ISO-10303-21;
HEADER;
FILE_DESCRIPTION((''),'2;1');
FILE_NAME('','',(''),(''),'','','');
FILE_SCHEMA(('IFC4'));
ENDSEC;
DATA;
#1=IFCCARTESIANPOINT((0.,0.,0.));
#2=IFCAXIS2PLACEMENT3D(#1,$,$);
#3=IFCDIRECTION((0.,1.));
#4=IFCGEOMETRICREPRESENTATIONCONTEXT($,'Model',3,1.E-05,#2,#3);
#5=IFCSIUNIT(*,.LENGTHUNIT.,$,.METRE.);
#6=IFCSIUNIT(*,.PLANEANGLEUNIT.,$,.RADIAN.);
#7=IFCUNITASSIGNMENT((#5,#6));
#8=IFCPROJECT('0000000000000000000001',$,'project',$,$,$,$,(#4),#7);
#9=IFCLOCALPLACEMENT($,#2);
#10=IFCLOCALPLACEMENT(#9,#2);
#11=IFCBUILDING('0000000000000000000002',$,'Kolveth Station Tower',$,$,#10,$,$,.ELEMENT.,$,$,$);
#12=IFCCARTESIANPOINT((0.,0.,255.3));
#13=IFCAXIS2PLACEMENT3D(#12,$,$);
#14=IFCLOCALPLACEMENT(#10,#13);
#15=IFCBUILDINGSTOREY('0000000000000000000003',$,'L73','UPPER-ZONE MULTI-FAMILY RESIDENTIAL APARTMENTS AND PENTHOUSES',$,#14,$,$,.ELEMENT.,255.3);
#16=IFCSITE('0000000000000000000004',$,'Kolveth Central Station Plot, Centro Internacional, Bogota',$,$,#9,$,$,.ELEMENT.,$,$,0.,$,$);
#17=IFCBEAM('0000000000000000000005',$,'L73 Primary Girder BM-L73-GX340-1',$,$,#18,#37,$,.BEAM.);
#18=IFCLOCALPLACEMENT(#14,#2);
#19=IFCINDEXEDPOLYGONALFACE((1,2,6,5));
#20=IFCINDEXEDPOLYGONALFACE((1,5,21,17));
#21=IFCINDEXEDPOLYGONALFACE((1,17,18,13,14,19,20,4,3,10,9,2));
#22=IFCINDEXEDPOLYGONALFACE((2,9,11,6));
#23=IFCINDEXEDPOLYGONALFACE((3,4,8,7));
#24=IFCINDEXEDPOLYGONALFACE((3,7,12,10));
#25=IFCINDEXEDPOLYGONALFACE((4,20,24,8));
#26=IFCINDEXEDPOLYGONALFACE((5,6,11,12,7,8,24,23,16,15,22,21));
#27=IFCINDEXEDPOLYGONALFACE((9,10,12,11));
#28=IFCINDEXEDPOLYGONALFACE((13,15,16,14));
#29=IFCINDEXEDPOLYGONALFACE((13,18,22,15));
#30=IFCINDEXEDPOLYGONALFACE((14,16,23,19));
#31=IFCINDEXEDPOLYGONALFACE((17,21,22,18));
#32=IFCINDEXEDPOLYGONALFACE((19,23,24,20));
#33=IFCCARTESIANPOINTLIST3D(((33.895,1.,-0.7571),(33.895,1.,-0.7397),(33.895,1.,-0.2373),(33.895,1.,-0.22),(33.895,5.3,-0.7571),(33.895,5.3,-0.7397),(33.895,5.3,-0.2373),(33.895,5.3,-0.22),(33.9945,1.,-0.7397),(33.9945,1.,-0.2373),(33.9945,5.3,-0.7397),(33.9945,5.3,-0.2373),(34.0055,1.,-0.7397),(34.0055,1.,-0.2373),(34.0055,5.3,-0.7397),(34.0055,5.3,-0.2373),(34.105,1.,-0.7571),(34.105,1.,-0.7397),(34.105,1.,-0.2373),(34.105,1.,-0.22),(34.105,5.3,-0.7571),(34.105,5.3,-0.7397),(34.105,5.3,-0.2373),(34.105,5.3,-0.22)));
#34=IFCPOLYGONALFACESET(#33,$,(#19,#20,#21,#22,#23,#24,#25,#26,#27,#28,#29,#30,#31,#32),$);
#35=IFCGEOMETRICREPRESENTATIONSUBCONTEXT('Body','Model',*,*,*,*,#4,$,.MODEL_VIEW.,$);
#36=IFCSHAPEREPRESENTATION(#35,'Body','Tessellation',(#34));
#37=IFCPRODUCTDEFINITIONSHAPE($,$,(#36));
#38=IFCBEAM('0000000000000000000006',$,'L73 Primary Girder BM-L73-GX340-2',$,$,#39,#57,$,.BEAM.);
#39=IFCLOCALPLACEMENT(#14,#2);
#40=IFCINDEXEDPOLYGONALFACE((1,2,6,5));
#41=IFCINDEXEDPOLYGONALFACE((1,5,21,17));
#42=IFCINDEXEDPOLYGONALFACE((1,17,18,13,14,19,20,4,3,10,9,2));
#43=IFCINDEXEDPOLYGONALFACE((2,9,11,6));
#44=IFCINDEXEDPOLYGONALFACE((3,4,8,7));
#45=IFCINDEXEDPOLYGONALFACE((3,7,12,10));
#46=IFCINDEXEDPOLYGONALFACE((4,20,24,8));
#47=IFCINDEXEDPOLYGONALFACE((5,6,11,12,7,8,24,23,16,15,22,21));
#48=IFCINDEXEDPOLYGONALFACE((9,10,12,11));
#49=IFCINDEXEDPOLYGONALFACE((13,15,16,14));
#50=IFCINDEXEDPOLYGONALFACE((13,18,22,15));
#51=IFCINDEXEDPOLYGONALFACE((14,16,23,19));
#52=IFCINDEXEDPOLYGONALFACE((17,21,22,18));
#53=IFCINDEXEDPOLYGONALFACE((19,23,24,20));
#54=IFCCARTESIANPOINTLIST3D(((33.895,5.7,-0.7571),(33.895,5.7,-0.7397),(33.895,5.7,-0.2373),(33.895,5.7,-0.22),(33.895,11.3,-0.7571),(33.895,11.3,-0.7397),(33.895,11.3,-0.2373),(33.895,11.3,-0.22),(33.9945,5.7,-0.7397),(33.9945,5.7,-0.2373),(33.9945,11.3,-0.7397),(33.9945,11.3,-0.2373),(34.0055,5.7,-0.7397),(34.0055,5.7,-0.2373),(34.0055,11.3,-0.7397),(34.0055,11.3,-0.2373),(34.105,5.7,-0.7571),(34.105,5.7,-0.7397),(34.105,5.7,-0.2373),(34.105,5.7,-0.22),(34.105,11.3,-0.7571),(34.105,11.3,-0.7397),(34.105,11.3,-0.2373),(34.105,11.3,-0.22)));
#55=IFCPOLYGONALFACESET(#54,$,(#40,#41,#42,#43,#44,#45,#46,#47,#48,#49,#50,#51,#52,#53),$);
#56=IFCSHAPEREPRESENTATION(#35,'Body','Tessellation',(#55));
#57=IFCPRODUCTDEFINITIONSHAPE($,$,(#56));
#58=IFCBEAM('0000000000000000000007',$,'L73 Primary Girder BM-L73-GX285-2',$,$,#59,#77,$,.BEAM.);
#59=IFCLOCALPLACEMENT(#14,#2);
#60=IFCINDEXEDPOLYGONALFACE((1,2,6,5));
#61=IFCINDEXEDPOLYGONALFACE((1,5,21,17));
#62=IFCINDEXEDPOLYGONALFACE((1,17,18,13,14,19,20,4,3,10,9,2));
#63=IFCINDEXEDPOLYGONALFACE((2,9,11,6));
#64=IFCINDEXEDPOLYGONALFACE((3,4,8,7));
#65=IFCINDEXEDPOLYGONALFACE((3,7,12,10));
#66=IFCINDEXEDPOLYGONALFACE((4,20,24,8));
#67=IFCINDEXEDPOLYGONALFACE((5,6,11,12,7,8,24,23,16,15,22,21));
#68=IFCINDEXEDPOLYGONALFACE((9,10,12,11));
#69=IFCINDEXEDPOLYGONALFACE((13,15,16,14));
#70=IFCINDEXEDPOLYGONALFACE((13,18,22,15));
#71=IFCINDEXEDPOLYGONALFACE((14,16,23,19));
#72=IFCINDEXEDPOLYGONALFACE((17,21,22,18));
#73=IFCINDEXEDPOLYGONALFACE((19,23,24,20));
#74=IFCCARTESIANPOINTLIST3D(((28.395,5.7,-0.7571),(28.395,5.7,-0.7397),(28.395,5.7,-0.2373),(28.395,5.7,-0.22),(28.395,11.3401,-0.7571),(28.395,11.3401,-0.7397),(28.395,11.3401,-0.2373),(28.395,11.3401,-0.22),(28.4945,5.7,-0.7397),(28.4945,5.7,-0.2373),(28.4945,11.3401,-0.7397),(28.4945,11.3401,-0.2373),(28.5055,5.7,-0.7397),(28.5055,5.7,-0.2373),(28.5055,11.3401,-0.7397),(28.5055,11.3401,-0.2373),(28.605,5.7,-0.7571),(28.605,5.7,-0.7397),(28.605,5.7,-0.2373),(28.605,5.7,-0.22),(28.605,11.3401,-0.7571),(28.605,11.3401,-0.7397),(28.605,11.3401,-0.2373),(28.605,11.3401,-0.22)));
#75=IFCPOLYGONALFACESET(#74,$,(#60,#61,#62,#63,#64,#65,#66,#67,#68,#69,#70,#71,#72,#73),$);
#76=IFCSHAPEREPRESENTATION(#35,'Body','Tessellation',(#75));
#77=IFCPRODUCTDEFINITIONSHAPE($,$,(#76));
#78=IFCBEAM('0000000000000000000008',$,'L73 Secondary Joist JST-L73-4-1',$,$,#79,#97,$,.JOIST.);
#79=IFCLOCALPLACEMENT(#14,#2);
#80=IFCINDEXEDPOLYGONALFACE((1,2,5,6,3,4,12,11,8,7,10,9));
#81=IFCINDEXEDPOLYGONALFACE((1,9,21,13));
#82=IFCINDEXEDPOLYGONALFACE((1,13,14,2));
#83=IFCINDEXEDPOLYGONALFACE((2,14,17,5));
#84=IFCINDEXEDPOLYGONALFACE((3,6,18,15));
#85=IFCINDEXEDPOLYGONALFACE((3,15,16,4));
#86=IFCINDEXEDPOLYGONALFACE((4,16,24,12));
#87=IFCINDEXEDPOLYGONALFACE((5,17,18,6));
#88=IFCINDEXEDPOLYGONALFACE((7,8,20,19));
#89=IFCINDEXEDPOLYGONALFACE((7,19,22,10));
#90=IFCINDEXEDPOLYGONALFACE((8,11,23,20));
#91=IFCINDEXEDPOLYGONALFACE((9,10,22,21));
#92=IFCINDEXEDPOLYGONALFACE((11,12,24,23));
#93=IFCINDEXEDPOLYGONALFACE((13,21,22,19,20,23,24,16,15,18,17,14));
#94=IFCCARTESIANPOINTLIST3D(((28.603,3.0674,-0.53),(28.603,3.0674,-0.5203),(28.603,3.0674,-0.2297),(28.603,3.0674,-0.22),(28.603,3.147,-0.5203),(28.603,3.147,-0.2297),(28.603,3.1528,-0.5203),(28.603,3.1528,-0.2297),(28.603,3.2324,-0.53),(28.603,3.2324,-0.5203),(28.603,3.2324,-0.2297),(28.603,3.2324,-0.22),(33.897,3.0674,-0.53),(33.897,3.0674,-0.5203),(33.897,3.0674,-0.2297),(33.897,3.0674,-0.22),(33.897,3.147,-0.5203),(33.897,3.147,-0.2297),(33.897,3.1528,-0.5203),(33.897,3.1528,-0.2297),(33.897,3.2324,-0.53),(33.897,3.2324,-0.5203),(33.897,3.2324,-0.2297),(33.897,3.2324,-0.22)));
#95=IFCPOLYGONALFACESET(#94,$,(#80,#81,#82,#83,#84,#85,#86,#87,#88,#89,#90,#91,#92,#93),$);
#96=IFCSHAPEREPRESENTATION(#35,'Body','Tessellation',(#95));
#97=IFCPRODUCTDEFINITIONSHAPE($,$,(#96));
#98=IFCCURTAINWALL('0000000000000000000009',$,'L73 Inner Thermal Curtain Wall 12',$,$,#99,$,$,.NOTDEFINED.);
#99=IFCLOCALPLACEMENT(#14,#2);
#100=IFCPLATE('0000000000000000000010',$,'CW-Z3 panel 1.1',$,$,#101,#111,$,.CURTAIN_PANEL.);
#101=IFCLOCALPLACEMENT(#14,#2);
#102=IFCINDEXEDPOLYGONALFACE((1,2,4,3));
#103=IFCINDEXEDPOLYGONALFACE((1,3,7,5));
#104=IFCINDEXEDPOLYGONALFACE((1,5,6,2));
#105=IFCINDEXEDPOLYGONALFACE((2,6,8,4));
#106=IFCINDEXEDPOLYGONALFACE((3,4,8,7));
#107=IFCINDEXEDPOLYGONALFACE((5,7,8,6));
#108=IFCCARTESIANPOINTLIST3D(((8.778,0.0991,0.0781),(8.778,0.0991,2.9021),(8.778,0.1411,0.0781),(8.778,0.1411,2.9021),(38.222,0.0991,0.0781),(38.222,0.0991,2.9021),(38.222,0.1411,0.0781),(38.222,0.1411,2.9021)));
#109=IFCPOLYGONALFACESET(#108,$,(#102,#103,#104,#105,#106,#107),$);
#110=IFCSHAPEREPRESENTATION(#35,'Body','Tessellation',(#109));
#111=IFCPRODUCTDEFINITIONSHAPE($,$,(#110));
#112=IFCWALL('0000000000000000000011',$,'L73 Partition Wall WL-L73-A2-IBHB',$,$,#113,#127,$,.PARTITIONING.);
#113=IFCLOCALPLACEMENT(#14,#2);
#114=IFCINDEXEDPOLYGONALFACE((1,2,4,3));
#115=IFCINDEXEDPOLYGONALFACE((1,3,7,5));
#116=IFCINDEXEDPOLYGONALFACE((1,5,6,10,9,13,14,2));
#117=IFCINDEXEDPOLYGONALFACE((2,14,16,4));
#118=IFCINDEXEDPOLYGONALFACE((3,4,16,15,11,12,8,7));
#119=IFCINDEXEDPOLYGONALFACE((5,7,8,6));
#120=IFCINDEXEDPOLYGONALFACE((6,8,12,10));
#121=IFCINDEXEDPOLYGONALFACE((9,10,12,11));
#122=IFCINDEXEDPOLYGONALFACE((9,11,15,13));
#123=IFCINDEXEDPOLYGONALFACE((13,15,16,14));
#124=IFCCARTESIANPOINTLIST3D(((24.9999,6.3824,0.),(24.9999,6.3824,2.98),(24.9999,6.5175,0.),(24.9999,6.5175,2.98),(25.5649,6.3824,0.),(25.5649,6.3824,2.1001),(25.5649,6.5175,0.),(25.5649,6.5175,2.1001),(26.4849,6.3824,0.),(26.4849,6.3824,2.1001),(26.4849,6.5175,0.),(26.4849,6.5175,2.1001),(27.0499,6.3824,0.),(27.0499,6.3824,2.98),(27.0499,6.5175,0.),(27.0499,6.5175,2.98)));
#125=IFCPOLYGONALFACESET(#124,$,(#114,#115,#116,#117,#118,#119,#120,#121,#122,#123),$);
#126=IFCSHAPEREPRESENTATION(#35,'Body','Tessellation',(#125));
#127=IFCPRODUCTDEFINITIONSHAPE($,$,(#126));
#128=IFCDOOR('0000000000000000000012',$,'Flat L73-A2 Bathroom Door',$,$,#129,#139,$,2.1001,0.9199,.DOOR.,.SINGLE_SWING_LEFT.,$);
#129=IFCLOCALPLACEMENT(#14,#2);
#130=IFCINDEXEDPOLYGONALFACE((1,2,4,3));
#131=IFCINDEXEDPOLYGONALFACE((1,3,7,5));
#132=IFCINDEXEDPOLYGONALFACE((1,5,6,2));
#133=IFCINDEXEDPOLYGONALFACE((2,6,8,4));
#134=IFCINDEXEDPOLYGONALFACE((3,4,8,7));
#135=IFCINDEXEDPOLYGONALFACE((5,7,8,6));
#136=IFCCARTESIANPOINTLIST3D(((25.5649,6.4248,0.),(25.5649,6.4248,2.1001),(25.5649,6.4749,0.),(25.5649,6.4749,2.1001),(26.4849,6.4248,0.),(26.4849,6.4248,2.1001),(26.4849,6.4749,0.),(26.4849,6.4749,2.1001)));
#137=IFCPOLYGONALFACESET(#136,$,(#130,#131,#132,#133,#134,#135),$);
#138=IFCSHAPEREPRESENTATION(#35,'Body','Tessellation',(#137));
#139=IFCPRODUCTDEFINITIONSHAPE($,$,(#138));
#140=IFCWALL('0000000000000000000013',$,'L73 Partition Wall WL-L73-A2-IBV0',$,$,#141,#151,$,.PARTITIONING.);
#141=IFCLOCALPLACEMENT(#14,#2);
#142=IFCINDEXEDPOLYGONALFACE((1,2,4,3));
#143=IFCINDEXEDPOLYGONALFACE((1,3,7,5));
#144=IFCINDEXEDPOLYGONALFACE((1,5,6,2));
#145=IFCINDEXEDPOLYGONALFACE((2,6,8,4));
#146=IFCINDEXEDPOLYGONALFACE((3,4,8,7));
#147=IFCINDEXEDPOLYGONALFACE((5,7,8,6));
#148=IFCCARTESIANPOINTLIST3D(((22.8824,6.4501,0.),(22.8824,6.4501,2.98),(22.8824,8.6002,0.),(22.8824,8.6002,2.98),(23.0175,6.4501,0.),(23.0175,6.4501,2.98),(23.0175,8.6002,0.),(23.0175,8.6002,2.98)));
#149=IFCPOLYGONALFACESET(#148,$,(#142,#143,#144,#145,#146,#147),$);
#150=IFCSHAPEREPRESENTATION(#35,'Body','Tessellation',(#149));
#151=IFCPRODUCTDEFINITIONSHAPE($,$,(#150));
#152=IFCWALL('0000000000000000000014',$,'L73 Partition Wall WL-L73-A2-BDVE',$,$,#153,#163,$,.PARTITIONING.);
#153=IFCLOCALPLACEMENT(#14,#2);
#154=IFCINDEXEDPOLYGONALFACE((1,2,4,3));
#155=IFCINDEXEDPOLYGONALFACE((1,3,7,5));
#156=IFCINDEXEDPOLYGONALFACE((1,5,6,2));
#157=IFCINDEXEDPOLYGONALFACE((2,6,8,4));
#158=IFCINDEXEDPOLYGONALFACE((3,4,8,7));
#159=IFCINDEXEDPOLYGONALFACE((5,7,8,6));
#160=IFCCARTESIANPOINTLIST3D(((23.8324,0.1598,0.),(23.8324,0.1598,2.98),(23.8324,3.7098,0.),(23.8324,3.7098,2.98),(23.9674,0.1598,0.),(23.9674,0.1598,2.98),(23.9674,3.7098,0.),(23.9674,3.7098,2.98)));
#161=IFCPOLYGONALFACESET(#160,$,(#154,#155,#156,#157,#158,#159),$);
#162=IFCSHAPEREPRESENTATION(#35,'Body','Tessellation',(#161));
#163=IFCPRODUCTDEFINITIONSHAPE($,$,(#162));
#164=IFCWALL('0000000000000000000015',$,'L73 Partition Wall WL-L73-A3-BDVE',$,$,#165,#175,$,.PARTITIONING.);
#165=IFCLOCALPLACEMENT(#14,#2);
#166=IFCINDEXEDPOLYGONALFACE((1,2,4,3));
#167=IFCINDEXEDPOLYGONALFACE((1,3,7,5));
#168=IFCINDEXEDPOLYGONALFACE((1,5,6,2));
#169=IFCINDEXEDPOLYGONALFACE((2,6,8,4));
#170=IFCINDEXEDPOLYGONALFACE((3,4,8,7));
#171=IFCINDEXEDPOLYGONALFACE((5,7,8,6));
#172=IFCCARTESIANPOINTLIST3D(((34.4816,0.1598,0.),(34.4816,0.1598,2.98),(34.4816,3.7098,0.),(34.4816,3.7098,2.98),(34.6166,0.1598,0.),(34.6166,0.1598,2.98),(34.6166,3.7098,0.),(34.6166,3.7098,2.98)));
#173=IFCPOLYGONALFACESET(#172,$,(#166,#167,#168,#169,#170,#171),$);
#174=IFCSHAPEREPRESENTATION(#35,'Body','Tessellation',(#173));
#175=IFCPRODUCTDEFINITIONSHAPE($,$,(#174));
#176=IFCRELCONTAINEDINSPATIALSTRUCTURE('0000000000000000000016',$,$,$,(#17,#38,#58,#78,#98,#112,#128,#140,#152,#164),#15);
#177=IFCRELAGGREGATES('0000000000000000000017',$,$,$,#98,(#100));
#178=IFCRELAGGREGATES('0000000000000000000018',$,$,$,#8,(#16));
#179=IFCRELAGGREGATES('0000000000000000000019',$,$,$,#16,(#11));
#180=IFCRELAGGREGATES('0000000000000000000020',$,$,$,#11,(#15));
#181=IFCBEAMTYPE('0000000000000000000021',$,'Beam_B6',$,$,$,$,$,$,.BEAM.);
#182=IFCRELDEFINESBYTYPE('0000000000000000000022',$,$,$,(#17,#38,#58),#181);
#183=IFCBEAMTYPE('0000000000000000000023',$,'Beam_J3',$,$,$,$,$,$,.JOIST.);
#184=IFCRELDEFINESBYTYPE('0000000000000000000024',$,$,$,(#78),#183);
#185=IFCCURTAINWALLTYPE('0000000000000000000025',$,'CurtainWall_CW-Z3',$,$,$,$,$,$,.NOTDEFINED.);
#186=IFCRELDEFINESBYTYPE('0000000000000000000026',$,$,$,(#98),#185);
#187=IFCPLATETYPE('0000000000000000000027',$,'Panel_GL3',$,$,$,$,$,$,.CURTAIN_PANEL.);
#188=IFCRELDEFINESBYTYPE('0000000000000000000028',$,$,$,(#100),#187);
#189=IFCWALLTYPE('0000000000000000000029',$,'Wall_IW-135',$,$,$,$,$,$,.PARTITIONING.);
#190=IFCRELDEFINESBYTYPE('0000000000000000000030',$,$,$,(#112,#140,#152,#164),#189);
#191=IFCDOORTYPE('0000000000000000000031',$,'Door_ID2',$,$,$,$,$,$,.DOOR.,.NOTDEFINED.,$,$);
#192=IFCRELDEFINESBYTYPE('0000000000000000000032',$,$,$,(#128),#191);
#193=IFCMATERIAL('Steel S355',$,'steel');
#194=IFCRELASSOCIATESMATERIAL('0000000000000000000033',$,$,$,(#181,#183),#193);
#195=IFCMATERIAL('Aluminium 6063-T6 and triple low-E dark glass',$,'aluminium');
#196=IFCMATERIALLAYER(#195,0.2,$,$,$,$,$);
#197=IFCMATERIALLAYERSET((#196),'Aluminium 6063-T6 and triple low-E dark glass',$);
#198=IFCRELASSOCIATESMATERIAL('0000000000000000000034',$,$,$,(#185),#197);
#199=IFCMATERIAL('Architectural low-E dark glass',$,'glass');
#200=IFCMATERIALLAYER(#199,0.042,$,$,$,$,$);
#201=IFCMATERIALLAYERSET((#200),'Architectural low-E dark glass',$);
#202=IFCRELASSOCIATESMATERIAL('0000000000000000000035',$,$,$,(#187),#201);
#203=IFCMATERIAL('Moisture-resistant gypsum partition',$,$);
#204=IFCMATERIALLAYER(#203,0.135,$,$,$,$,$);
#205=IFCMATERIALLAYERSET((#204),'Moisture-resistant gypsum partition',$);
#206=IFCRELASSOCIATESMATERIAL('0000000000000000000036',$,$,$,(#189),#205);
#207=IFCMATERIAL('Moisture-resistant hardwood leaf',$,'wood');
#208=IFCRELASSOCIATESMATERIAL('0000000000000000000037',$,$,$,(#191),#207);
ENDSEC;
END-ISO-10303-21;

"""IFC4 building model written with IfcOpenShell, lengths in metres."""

from ifc_helpers import new_model, si_unit, direction, frame, frame_2d, origin, origin_2d, place, context, subcontext, project, spatial, rectangle, i_section, extrude, source, transform, mapped, material, layer, layer_set, material_profile, profile_set, type_object, element, fill, aggregate, save


model = new_model("IFC4")

# Units and contexts
model_context = context("Model", 3, precision=1e-05, world=origin(), true_north=direction((0.0, 1.0)))
body_context = subcontext(model_context, "Body", "Model", "MODEL_VIEW")
ifc_project = project(units=[si_unit("LENGTHUNIT", "METRE"), si_unit("PLANEANGLEUNIT", "RADIAN")], contexts=[model_context])

# Site, building, storey
site_placement = place(None, origin())
site = spatial("IfcSite", under=ifc_project, at=site_placement, Name="Kolveth Central Station Plot, Centro Internacional, Bogota", CompositionType="ELEMENT", RefElevation=0.0)
building_placement = place(site_placement, origin())
building = spatial("IfcBuilding", under=site, at=building_placement, Name="Kolveth Station Tower", CompositionType="ELEMENT")
storey_placement = place(building_placement, frame((0.0, 0.0, 255.3)))
storey = spatial("IfcBuildingStorey", under=building, at=storey_placement, Name="L73", Description="UPPER-ZONE MULTI-FAMILY RESIDENTIAL APARTMENTS AND PENTHOUSES", CompositionType="ELEMENT", Elevation=255.3)

# Shared definitions
ifc_material_1 = material(Name="Steel S355", Category="steel")

# Beams
ifc_material_profile_1 = material_profile(ifc_material_1, i_section(OverallWidth=0.21, OverallDepth=0.5371, WebThickness=0.011, FlangeThickness=0.0173, at=origin_2d()), Name="W530x101")
ifc_profile_set_1 = profile_set([ifc_material_profile_1], Name="Steel S355")
beam_type_1 = type_object("IfcBeamType", Name="Beam_B6", PredefinedType="BEAM", material=ifc_profile_set_1)
shared_shape_1 = source(origin(), body_context, "Body", "SweptSolid", [
    extrude(i_section(OverallWidth=0.21, OverallDepth=0.5371, WebThickness=0.011, FlangeThickness=0.0173, at=origin_2d()), origin(), (0.0, 0.0, 1.0), 4.3),
])
for number, where, z_axis, x_axis, name in (
    (1, (34.0, 1.0, -0.4885), (0.0, 1.0, 0.0), (-1.0, 0.0, 0.0), "L73 Primary Girder BM-L73-GX340-1"),
):
    element("IfcBeam", number, at=place(storey_placement, frame(where, z_axis=z_axis, x_axis=x_axis)), inside=storey, type_object=beam_type_1, Name=name, PredefinedType="BEAM", context=body_context, shape_type="MappedRepresentation", body=[
        mapped(shared_shape_1, transform((0.0, 0.0, 0.0), x_axis=(1.0, 0.0, 0.0), y_axis=(0.0, 1.0, 0.0), z_axis=(0.0, 0.0, 1.0), scale=1.0)),
    ])
shared_shape_2 = source(origin(), body_context, "Body", "SweptSolid", [
    extrude(i_section(OverallWidth=0.21, OverallDepth=0.5371, WebThickness=0.011, FlangeThickness=0.0173, at=origin_2d()), origin(), (0.0, 0.0, 1.0), 5.6001),
])
beam_1_placement = place(storey_placement, frame((34.0, 5.7, -0.4885), z_axis=(0.0, 1.0, 0.0), x_axis=(-1.0, 0.0, 0.0)))
element("IfcBeam", 2, at=beam_1_placement, inside=storey, type_object=beam_type_1, Name="L73 Primary Girder BM-L73-GX340-2", PredefinedType="BEAM", context=body_context, shape_type="MappedRepresentation", body=[
    mapped(shared_shape_2, transform((0.0, 0.0, 0.0), x_axis=(1.0, 0.0, 0.0), y_axis=(0.0, 1.0, 0.0), z_axis=(0.0, 0.0, 1.0), scale=1.0)),
])
shared_shape_3 = source(origin(), body_context, "Body", "SweptSolid", [
    extrude(i_section(OverallWidth=0.21, OverallDepth=0.5371, WebThickness=0.011, FlangeThickness=0.0173, at=origin_2d()), origin(), (0.0, 0.0, 1.0), 5.6401),
])
beam_2_placement = place(storey_placement, frame((28.5, 5.7, -0.4885), z_axis=(0.0, 1.0, 0.0), x_axis=(-1.0, 0.0, 0.0)))
element("IfcBeam", 3, at=beam_2_placement, inside=storey, type_object=beam_type_1, Name="L73 Primary Girder BM-L73-GX285-2", PredefinedType="BEAM", context=body_context, shape_type="MappedRepresentation", body=[
    mapped(shared_shape_3, transform((0.0, 0.0, 0.0), x_axis=(1.0, 0.0, 0.0), y_axis=(0.0, 1.0, 0.0), z_axis=(0.0, 0.0, 1.0), scale=1.0)),
])
ifc_material_profile_2 = material_profile(ifc_material_1, i_section(OverallWidth=0.165, OverallDepth=0.3101, WebThickness=0.0059, FlangeThickness=0.0098, at=origin_2d()), Name="W310x39")
ifc_profile_set_2 = profile_set([ifc_material_profile_2], Name="Steel S355")
beam_type_2 = type_object("IfcBeamType", Name="Beam_J3", PredefinedType="JOIST", material=ifc_profile_set_2)
shared_shape_4 = source(origin(), body_context, "Body", "SweptSolid", [
    extrude(i_section(OverallWidth=0.165, OverallDepth=0.3101, WebThickness=0.0059, FlangeThickness=0.0098, at=origin_2d()), origin(), (0.0, 0.0, 1.0), 5.2939),
])
beam_3_placement = place(storey_placement, frame((28.603, 3.1499, -0.375), z_axis=(1.0, 0.0, 0.0), x_axis=(0.0, 1.0, 0.0)))
element("IfcBeam", 4, at=beam_3_placement, inside=storey, type_object=beam_type_2, Name="L73 Secondary Joist JST-L73-4-1", PredefinedType="JOIST", context=body_context, shape_type="MappedRepresentation", body=[
    mapped(shared_shape_4, transform((0.0, 0.0, 0.0), x_axis=(1.0, 0.0, 0.0), y_axis=(0.0, 1.0, 0.0), z_axis=(0.0, 0.0, 1.0), scale=1.0)),
])

# Curtain wall, plate
ifc_material_2 = material(Name="Aluminium 6063-T6 and triple low-E dark glass", Category="aluminium")
ifc_layer_1 = layer(ifc_material_2, 0.2)
ifc_layer_set_1 = layer_set([ifc_layer_1], Name="Aluminium 6063-T6 and triple low-E dark glass")
curtain_wall_type = type_object("IfcCurtainWallType", Name="CurtainWall_CW-Z3", PredefinedType="NOTDEFINED", material=ifc_layer_set_1)
curtain_wall_placement = place(storey_placement, origin())
curtain_wall = element("IfcCurtainWall", 5, at=curtain_wall_placement, inside=storey, type_object=curtain_wall_type, Name="L73 Inner Thermal Curtain Wall 12", PredefinedType="NOTDEFINED")
ifc_material_3 = material(Name="Architectural low-E dark glass", Category="glass")
ifc_layer_2 = layer(ifc_material_3, 0.042)
ifc_layer_set_2 = layer_set([ifc_layer_2], Name="Architectural low-E dark glass")
plate_type = type_object("IfcPlateType", Name="Panel_GL3", PredefinedType="CURTAIN_PANEL", material=ifc_layer_set_2)
shared_shape_5 = source(origin(), body_context, "Body", "SweptSolid", [
    extrude(rectangle(XDim=29.4441, YDim=0.042, at=origin_2d()), origin(), (0.0, 0.0, 1.0), 2.824),
])
plate_placement = place(storey_placement, frame((23.5, 0.1201, 0.0781), z_axis=(0.0, 0.0, 1.0), x_axis=(1.0, 0.0, 0.0)))
plate = element("IfcPlate", 6, at=plate_placement, type_object=plate_type, Name="CW-Z3 panel 1.1", PredefinedType="CURTAIN_PANEL", context=body_context, shape_type="MappedRepresentation", body=[
    mapped(shared_shape_5, transform((0.0, 0.0, 0.0), x_axis=(1.0, 0.0, 0.0), y_axis=(0.0, 1.0, 0.0), z_axis=(0.0, 0.0, 1.0), scale=1.0)),
])
aggregate(curtain_wall, [plate])

# Wall, opening, door
ifc_material_4 = material(Name="Moisture-resistant gypsum partition")
ifc_layer_3 = layer(ifc_material_4, 0.135)
ifc_layer_set_3 = layer_set([ifc_layer_3], Name="Moisture-resistant gypsum partition")
wall_type_1 = type_object("IfcWallType", Name="Wall_IW-135", PredefinedType="PARTITIONING", material=ifc_layer_set_3)
wall_1_placement = place(storey_placement, frame((25.0, 6.45, 0.0), z_axis=(0.0, 0.0, 1.0), x_axis=(1.0, 0.0, 0.0)))
wall_1 = element("IfcWall", 7, at=wall_1_placement, inside=storey, type_object=wall_type_1, Name="L73 Partition Wall WL-L73-A2-IBHB", PredefinedType="PARTITIONING", context=body_context, shape_type="SweptSolid", body=[
    extrude(rectangle(XDim=2.05, YDim=0.135, at=frame_2d((1.0249, 0.0))), origin(), (0.0, 0.0, 1.0), 2.98),
])
opening_1_placement = place(wall_1_placement, frame((0.5649, 0.0, 0.0)))
opening_1 = element("IfcOpeningElement", 8, at=opening_1_placement, cuts=wall_1, PredefinedType="OPENING", context=body_context, shape_type="SweptSolid", body=[
    extrude(rectangle(XDim=0.9199, YDim=2.1001, at=frame_2d((0.46, 1.05))), frame((0.0, 0.0774, 0.0), z_axis=(0.0, -1.0, 0.0), x_axis=(1.0, 0.0, 0.0)), (0.0, 0.0, 1.0), 0.155),
])
ifc_material_5 = material(Name="Moisture-resistant hardwood leaf", Category="wood")
door_type_1 = type_object("IfcDoorType", Name="Door_ID2", OperationType="NOTDEFINED", PredefinedType="DOOR", material=ifc_material_5)
door_1_placement = place(opening_1_placement, origin())
door_1 = element("IfcDoor", 9, at=door_1_placement, inside=storey, type_object=door_type_1, Name="Flat L73-A2 Bathroom Door", OperationType="SINGLE_SWING_LEFT", OverallHeight=2.1001, OverallWidth=0.9199, PredefinedType="DOOR", context=body_context, shape_type="SweptSolid", body=[
    extrude(rectangle(XDim=0.9199, YDim=2.1001, at=frame_2d((0.46, 1.05))), frame((0.0, 0.0249, 0.0), z_axis=(0.0, -1.0, 0.0), x_axis=(1.0, 0.0, 0.0)), (0.0, 0.0, 1.0), 0.05),
])
fill(opening_1, door_1)

# Walls
wall_2_placement = place(storey_placement, frame((22.95, 6.45, 0.0), z_axis=(0.0, 0.0, 1.0), x_axis=(0.0, 1.0, 0.0)))
element("IfcWall", 10, at=wall_2_placement, inside=storey, type_object=wall_type_1, Name="L73 Partition Wall WL-L73-A2-IBV0", PredefinedType="PARTITIONING", context=body_context, shape_type="SweptSolid", body=[
    extrude(rectangle(XDim=2.1501, YDim=0.135, at=frame_2d((1.0752, 0.0))), origin(), (0.0, 0.0, 1.0), 2.98),
])
for number, where, z_axis, x_axis, name in (
    (11, (23.8999, 0.1599, 0.0), (0.0, 0.0, 1.0), (0.0, 1.0, 0.0), "L73 Partition Wall WL-L73-A2-BDVE"),
    (12, (34.5491, 0.1599, 0.0), (0.0, 0.0, 1.0), (0.0, 1.0, 0.0), "L73 Partition Wall WL-L73-A3-BDVE"),
):
    element("IfcWall", number, at=place(storey_placement, frame(where, z_axis=z_axis, x_axis=x_axis)), inside=storey, type_object=wall_type_1, Name=name, PredefinedType="PARTITIONING", context=body_context, shape_type="SweptSolid", body=[
        extrude(rectangle(XDim=3.55, YDim=0.135, at=frame_2d((1.7749, 0.0))), origin(), (0.0, 0.0, 1.0), 2.98),
    ])

save(model, "model.ifc")
